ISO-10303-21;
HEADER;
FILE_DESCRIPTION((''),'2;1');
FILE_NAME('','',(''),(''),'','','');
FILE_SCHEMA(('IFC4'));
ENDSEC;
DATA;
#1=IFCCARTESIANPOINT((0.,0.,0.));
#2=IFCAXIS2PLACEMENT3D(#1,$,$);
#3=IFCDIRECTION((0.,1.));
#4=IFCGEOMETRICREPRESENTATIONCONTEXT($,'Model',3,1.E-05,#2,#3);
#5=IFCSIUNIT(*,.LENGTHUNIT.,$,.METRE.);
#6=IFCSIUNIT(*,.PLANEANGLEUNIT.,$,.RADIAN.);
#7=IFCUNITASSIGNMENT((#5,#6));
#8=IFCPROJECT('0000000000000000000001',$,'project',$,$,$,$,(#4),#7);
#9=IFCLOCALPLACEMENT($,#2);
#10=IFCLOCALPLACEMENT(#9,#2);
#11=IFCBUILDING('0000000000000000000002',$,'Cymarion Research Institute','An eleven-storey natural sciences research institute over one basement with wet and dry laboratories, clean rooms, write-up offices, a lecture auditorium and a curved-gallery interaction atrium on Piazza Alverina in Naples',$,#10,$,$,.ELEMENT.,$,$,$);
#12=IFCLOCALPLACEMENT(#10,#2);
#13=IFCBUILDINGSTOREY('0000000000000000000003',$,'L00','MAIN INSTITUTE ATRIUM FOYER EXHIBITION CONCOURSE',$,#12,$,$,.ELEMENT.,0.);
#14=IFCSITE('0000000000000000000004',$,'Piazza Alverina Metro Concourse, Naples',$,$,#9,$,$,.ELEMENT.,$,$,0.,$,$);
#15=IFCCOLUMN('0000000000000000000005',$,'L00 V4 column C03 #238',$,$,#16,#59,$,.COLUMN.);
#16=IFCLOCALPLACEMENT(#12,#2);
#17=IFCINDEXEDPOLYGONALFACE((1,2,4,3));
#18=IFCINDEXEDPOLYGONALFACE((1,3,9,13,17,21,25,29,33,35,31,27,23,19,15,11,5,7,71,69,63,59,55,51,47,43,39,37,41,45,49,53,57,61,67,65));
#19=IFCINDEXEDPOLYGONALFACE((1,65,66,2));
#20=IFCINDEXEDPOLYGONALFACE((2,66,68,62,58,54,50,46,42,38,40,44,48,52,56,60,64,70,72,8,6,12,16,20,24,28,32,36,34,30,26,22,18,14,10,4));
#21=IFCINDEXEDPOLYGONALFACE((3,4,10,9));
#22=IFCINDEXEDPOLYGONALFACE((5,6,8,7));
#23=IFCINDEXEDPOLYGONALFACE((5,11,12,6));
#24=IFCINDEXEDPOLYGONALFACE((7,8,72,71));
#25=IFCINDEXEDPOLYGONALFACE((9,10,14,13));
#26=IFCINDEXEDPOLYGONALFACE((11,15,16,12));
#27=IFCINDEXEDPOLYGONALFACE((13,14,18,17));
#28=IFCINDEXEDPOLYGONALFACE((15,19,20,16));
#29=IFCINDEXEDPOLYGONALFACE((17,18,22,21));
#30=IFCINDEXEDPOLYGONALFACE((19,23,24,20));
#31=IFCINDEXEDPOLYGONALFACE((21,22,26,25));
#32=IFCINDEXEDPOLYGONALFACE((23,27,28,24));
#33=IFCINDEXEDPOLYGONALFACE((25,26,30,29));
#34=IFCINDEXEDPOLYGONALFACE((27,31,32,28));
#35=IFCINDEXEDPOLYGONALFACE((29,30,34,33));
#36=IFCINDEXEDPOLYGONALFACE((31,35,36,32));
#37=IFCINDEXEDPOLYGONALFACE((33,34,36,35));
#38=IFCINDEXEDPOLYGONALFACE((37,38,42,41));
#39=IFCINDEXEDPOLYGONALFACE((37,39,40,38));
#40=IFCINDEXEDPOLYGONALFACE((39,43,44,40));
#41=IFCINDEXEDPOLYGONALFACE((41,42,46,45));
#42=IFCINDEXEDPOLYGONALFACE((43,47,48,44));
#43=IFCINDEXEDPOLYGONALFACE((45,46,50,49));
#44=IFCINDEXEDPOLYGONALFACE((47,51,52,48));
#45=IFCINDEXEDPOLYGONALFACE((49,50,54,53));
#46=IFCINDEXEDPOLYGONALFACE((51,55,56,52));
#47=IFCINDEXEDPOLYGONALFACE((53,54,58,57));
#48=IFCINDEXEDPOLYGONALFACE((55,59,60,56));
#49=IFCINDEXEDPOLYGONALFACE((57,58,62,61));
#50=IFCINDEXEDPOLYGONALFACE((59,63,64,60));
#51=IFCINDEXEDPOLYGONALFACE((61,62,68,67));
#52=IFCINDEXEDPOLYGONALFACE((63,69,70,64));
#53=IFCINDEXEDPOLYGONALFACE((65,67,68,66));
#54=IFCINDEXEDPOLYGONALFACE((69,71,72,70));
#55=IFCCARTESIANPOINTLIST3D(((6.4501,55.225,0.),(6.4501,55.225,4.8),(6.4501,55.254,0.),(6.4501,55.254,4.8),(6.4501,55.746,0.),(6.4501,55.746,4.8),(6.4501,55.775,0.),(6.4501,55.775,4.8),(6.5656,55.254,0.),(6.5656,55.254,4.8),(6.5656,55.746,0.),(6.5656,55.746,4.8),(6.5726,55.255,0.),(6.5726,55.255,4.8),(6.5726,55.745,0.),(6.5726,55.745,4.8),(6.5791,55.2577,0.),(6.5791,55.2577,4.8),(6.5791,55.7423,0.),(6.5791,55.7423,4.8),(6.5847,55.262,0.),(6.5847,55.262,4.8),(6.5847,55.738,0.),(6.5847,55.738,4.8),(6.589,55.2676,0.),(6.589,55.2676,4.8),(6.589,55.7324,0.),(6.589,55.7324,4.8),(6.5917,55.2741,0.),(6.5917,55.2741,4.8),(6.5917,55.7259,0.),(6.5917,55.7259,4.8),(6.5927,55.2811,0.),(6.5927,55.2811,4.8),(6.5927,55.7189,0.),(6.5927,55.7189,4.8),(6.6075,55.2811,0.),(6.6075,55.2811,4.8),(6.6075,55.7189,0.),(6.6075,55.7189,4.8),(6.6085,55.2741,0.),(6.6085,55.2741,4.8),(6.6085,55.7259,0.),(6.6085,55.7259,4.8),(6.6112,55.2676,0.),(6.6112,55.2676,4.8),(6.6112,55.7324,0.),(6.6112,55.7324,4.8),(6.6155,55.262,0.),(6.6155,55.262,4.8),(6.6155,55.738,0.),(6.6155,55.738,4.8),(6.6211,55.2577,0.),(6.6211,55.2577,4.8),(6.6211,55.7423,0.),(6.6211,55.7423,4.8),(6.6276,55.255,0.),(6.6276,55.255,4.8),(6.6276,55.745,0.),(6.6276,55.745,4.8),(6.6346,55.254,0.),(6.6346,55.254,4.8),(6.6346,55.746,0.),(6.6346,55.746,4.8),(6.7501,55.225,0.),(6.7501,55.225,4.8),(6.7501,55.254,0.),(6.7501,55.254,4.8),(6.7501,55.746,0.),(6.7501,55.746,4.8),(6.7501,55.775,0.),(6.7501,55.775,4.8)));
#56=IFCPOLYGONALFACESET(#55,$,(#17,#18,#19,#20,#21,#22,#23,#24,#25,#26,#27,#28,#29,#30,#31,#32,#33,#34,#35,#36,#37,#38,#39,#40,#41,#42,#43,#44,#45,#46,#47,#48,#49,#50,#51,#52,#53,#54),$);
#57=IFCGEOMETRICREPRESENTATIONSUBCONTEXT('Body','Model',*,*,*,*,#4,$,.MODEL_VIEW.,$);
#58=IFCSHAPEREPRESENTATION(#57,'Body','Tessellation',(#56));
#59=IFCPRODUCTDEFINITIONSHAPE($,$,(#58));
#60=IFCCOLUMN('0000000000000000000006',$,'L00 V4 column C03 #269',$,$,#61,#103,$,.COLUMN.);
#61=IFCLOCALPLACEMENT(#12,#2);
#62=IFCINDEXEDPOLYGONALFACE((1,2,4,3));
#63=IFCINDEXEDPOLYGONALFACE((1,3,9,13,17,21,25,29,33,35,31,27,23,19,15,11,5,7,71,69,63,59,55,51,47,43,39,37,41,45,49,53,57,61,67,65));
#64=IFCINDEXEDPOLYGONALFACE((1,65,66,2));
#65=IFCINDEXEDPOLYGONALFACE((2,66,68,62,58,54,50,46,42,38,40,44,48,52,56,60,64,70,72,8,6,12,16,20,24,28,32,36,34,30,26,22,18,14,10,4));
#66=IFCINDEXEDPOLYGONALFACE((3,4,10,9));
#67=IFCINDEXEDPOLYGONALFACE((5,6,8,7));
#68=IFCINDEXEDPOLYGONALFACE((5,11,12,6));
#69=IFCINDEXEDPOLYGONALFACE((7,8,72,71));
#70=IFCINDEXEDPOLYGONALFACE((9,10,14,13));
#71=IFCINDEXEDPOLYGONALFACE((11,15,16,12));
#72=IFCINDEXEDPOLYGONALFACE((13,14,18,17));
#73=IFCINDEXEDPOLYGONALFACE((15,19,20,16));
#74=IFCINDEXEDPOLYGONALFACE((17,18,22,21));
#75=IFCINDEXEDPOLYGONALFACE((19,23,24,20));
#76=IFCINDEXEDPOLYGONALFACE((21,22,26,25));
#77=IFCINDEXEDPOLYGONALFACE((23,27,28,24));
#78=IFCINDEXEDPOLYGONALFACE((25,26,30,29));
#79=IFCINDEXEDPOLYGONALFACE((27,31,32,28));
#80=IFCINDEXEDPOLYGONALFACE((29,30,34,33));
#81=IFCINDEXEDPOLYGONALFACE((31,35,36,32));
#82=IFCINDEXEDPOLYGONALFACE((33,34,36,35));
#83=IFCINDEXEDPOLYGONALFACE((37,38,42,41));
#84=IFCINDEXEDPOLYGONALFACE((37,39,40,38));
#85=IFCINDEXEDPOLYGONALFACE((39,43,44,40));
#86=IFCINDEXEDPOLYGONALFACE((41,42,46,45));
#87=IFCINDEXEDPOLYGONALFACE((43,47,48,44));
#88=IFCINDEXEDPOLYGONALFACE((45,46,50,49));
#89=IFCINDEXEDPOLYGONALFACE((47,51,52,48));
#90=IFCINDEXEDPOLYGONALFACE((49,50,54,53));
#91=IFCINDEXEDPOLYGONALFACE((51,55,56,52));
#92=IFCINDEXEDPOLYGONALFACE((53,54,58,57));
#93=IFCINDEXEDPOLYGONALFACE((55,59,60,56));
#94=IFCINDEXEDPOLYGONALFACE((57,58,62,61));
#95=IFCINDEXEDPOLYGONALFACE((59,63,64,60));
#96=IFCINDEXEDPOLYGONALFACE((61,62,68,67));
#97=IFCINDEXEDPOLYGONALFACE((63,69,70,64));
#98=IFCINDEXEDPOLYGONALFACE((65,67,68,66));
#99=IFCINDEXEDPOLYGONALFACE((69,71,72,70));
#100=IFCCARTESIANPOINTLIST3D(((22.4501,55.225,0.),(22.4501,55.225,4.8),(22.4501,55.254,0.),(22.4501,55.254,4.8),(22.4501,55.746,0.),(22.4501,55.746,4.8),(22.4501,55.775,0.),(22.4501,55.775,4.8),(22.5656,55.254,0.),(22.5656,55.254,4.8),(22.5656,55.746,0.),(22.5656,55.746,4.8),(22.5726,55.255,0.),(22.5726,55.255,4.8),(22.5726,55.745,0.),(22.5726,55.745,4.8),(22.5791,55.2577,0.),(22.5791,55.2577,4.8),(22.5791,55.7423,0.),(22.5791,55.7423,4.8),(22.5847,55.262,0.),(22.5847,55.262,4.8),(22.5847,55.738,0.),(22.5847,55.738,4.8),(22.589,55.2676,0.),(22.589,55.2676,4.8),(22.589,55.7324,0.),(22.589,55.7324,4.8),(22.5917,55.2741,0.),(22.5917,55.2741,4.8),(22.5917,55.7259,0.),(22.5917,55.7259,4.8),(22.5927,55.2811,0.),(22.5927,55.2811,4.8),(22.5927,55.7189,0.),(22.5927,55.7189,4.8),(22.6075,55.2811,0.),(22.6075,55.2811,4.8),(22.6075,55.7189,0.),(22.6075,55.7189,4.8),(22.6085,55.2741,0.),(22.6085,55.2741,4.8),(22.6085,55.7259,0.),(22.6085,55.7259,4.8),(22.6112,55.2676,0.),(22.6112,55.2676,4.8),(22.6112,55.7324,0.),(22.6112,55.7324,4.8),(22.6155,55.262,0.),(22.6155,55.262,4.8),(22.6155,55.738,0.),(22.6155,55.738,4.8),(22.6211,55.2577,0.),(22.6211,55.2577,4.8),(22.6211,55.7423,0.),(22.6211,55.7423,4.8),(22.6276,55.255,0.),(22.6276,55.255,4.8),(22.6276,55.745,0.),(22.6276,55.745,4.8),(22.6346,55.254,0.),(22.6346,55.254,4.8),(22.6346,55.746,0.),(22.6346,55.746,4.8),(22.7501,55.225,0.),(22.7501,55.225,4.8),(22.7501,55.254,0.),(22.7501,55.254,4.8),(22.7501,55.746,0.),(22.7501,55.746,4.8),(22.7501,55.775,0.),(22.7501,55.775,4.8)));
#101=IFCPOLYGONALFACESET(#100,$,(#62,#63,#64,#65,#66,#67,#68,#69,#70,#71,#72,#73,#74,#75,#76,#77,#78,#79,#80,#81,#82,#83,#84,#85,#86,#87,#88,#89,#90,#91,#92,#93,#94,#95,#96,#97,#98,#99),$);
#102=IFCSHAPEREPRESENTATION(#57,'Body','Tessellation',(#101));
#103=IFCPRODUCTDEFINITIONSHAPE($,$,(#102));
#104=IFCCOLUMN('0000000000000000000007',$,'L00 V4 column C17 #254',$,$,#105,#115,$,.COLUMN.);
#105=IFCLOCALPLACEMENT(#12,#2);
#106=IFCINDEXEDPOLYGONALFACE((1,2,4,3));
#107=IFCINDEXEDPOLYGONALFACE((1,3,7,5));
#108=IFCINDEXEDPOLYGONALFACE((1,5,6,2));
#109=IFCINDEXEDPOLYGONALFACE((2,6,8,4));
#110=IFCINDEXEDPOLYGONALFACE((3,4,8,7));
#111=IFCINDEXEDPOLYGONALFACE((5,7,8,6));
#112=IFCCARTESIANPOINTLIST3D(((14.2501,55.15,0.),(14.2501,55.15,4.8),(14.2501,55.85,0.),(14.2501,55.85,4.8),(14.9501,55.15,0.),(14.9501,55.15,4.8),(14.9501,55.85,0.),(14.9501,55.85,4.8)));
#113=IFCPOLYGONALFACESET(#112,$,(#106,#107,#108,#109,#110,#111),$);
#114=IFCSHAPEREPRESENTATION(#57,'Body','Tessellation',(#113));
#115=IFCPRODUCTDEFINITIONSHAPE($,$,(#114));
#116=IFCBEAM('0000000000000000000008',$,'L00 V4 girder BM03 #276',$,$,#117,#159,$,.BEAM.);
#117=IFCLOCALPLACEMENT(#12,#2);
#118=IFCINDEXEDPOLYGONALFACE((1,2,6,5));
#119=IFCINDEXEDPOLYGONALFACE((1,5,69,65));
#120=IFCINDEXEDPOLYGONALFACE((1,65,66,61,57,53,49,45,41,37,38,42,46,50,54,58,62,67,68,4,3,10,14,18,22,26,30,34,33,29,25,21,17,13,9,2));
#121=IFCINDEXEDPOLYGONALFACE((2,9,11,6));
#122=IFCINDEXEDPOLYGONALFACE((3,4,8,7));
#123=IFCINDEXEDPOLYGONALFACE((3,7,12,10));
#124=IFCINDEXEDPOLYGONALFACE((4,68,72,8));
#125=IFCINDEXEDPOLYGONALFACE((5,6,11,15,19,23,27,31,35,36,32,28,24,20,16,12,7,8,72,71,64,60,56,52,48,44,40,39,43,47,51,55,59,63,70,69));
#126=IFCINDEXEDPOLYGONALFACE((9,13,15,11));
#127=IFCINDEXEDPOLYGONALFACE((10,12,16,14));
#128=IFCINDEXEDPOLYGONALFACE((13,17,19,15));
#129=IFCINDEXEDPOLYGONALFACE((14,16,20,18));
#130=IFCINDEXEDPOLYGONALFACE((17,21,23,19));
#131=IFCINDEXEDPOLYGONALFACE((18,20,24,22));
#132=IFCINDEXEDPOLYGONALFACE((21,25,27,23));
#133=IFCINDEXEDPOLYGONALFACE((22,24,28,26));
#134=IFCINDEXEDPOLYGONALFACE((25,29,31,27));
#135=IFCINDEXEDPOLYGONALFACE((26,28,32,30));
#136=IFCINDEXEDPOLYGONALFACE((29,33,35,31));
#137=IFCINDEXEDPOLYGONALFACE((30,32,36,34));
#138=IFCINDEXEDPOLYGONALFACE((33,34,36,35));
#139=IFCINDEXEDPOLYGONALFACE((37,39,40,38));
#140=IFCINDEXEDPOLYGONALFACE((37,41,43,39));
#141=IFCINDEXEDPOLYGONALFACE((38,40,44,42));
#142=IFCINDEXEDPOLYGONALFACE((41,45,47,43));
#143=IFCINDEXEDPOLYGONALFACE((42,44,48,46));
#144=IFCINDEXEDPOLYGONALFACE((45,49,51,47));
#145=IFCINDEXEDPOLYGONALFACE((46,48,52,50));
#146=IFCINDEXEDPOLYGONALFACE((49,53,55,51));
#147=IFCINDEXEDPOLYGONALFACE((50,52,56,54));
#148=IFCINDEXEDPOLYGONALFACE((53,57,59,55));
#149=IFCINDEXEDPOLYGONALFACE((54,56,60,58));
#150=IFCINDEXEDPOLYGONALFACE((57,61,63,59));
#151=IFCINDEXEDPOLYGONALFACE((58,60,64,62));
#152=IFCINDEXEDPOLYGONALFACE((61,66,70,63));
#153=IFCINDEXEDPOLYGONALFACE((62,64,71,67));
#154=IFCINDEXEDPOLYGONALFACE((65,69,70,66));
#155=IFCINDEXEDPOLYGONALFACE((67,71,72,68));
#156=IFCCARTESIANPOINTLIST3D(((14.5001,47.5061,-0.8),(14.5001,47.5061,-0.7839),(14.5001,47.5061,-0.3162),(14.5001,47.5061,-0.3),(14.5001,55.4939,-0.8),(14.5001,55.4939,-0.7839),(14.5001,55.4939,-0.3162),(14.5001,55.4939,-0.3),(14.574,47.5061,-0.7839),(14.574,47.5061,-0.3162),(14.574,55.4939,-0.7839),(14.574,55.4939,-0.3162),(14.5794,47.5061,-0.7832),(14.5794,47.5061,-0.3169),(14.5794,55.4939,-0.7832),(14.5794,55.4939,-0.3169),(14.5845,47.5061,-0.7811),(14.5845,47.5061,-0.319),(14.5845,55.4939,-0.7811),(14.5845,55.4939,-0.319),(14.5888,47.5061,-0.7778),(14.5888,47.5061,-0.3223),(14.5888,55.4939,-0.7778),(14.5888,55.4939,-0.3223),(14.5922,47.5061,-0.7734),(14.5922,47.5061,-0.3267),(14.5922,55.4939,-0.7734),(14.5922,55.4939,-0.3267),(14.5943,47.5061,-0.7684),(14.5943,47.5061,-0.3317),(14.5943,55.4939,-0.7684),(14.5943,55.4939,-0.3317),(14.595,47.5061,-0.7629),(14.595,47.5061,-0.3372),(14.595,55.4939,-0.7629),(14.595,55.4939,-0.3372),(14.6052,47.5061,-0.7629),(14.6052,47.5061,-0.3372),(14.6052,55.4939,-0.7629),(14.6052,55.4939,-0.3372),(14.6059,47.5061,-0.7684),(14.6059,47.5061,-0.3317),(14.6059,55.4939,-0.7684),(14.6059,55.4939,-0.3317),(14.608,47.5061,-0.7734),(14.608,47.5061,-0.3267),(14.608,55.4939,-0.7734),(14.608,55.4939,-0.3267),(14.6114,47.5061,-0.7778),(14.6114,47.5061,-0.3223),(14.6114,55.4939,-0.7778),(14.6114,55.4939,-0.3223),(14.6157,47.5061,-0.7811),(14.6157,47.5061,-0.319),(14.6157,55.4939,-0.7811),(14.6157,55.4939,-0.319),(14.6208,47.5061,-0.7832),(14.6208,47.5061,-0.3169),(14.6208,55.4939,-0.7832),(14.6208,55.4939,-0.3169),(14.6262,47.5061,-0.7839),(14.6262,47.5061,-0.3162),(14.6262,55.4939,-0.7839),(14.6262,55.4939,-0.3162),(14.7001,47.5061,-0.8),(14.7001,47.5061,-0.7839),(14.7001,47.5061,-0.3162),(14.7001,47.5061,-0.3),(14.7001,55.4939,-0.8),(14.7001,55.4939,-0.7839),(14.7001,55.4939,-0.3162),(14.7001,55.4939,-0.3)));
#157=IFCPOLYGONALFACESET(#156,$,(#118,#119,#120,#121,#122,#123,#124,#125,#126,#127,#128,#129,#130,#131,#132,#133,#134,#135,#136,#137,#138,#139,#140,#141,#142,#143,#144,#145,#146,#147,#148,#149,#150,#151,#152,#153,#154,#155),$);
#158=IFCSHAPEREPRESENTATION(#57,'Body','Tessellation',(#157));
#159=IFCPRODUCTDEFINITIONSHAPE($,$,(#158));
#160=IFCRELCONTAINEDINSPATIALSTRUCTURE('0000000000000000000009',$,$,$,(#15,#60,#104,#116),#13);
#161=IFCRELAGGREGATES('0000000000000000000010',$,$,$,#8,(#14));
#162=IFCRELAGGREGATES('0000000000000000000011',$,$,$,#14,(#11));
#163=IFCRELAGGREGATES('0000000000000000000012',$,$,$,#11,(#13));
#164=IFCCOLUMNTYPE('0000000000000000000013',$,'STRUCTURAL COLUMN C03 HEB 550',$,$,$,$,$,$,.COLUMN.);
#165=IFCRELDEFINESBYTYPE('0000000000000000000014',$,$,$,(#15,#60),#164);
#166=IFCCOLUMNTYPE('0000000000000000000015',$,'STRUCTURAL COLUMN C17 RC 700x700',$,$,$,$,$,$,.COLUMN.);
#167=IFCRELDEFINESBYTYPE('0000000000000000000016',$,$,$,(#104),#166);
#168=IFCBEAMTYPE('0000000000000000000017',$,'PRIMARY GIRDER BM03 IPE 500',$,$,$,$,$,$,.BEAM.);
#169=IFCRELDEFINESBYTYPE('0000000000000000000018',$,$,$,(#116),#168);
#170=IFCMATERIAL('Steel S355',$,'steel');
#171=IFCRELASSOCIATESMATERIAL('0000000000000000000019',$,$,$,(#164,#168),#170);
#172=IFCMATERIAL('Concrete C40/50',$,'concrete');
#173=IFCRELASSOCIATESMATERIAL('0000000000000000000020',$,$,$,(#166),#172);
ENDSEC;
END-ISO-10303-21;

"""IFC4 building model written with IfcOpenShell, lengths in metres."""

from ifc_helpers import new_model, si_unit, direction, frame, origin, origin_2d, place, context, subcontext, project, spatial, rectangle, i_section, extrude, material, material_profile, profile_set, type_object, element, save


model = new_model("IFC4")

# Units and contexts
model_context = context("Model", 3, precision=1e-05, world=origin(), true_north=direction((0.0, 1.0)))
body_context = subcontext(model_context, "Body", "Model", "MODEL_VIEW")
ifc_project = project(units=[si_unit("LENGTHUNIT", "METRE"), si_unit("PLANEANGLEUNIT", "RADIAN")], contexts=[model_context])

# Site, building, storey
site_placement = place(None, origin())
site = spatial("IfcSite", under=ifc_project, at=site_placement, Name="Piazza Alverina Metro Concourse, Naples", CompositionType="ELEMENT", RefElevation=0.0)
building_placement = place(site_placement, origin())
building = spatial("IfcBuilding", under=site, at=building_placement, Name="Cymarion Research Institute", Description="An eleven-storey natural sciences research institute over one basement with wet and dry laboratories, clean rooms, write-up offices, a lecture auditorium and a curved-gallery interaction atrium on Piazza Alverina in Naples", CompositionType="ELEMENT")
storey_placement = place(building_placement, origin())
storey = spatial("IfcBuildingStorey", under=building, at=storey_placement, Name="L00", Description="MAIN INSTITUTE ATRIUM FOYER EXHIBITION CONCOURSE", CompositionType="ELEMENT", Elevation=0.0)

# Columns
ifc_material_1 = material(Name="Steel S355", Category="steel")
ifc_material_profile_1 = material_profile(ifc_material_1, i_section(OverallWidth=0.3, OverallDepth=0.55, WebThickness=0.0149, FlangeThickness=0.0291, FilletRadius=0.0271, at=origin_2d()), Name="HEB 550")
ifc_profile_set_1 = profile_set([ifc_material_profile_1], Name="Steel S355")
column_type_1 = type_object("IfcColumnType", Name="STRUCTURAL COLUMN C03 HEB 550", PredefinedType="COLUMN", material=ifc_profile_set_1)
for number, where, z_axis, x_axis, name in (
    (1, (6.6001, 55.5, 0.0), (0.0, 0.0, 1.0), (1.0, 0.0, 0.0), "L00 V4 column C03 #238"),
    (2, (22.6001, 55.5, 0.0), (0.0, 0.0, 1.0), (1.0, 0.0, 0.0), "L00 V4 column C03 #269"),
):
    element("IfcColumn", number, at=place(storey_placement, frame(where, z_axis=z_axis, x_axis=x_axis)), inside=storey, type_object=column_type_1, Name=name, PredefinedType="COLUMN", context=body_context, shape_type="SweptSolid", body=[
        extrude(i_section(OverallWidth=0.3, OverallDepth=0.55, WebThickness=0.0149, FlangeThickness=0.0291, FilletRadius=0.0271, at=origin_2d()), origin(), (0.0, 0.0, 1.0), 4.8),
    ])
ifc_material_2 = material(Name="Concrete C40/50", Category="concrete")
ifc_material_profile_2 = material_profile(ifc_material_2, rectangle(XDim=0.7, YDim=0.7, at=origin_2d()), Name="RC 700x700")
ifc_profile_set_2 = profile_set([ifc_material_profile_2], Name="Concrete C40/50")
column_type_2 = type_object("IfcColumnType", Name="STRUCTURAL COLUMN C17 RC 700x700", PredefinedType="COLUMN", material=ifc_profile_set_2)
column_placement = place(storey_placement, frame((14.6001, 55.5, 0.0), z_axis=(0.0, 0.0, 1.0), x_axis=(1.0, 0.0, 0.0)))
element("IfcColumn", 3, at=column_placement, inside=storey, type_object=column_type_2, Name="L00 V4 column C17 #254", PredefinedType="COLUMN", context=body_context, shape_type="SweptSolid", body=[
    extrude(rectangle(XDim=0.7, YDim=0.7, at=origin_2d()), origin(), (0.0, 0.0, 1.0), 4.8),
])

# Beam
ifc_material_profile_3 = material_profile(ifc_material_1, i_section(OverallWidth=0.2, OverallDepth=0.5, WebThickness=0.0103, FlangeThickness=0.0161, FilletRadius=0.021, at=origin_2d()), Name="IPE 500")
ifc_profile_set_3 = profile_set([ifc_material_profile_3], Name="Steel S355")
beam_type_1 = type_object("IfcBeamType", Name="PRIMARY GIRDER BM03 IPE 500", PredefinedType="BEAM", material=ifc_profile_set_3)
for number, where, z_axis, x_axis, name in (
    (4, (14.6001, 47.5061, -0.55), (0.0, 1.0, 0.0), (-1.0, 0.0, 0.0), "L00 V4 girder BM03 #276"),
):
    element("IfcBeam", number, at=place(storey_placement, frame(where, z_axis=z_axis, x_axis=x_axis)), inside=storey, type_object=beam_type_1, Name=name, PredefinedType="BEAM", context=body_context, shape_type="SweptSolid", body=[
        extrude(i_section(OverallWidth=0.2, OverallDepth=0.5, WebThickness=0.0103, FlangeThickness=0.0161, FilletRadius=0.021, at=origin_2d()), origin(), (0.0, 0.0, 1.0), 7.9878),
    ])

save(model, "model.ifc")
